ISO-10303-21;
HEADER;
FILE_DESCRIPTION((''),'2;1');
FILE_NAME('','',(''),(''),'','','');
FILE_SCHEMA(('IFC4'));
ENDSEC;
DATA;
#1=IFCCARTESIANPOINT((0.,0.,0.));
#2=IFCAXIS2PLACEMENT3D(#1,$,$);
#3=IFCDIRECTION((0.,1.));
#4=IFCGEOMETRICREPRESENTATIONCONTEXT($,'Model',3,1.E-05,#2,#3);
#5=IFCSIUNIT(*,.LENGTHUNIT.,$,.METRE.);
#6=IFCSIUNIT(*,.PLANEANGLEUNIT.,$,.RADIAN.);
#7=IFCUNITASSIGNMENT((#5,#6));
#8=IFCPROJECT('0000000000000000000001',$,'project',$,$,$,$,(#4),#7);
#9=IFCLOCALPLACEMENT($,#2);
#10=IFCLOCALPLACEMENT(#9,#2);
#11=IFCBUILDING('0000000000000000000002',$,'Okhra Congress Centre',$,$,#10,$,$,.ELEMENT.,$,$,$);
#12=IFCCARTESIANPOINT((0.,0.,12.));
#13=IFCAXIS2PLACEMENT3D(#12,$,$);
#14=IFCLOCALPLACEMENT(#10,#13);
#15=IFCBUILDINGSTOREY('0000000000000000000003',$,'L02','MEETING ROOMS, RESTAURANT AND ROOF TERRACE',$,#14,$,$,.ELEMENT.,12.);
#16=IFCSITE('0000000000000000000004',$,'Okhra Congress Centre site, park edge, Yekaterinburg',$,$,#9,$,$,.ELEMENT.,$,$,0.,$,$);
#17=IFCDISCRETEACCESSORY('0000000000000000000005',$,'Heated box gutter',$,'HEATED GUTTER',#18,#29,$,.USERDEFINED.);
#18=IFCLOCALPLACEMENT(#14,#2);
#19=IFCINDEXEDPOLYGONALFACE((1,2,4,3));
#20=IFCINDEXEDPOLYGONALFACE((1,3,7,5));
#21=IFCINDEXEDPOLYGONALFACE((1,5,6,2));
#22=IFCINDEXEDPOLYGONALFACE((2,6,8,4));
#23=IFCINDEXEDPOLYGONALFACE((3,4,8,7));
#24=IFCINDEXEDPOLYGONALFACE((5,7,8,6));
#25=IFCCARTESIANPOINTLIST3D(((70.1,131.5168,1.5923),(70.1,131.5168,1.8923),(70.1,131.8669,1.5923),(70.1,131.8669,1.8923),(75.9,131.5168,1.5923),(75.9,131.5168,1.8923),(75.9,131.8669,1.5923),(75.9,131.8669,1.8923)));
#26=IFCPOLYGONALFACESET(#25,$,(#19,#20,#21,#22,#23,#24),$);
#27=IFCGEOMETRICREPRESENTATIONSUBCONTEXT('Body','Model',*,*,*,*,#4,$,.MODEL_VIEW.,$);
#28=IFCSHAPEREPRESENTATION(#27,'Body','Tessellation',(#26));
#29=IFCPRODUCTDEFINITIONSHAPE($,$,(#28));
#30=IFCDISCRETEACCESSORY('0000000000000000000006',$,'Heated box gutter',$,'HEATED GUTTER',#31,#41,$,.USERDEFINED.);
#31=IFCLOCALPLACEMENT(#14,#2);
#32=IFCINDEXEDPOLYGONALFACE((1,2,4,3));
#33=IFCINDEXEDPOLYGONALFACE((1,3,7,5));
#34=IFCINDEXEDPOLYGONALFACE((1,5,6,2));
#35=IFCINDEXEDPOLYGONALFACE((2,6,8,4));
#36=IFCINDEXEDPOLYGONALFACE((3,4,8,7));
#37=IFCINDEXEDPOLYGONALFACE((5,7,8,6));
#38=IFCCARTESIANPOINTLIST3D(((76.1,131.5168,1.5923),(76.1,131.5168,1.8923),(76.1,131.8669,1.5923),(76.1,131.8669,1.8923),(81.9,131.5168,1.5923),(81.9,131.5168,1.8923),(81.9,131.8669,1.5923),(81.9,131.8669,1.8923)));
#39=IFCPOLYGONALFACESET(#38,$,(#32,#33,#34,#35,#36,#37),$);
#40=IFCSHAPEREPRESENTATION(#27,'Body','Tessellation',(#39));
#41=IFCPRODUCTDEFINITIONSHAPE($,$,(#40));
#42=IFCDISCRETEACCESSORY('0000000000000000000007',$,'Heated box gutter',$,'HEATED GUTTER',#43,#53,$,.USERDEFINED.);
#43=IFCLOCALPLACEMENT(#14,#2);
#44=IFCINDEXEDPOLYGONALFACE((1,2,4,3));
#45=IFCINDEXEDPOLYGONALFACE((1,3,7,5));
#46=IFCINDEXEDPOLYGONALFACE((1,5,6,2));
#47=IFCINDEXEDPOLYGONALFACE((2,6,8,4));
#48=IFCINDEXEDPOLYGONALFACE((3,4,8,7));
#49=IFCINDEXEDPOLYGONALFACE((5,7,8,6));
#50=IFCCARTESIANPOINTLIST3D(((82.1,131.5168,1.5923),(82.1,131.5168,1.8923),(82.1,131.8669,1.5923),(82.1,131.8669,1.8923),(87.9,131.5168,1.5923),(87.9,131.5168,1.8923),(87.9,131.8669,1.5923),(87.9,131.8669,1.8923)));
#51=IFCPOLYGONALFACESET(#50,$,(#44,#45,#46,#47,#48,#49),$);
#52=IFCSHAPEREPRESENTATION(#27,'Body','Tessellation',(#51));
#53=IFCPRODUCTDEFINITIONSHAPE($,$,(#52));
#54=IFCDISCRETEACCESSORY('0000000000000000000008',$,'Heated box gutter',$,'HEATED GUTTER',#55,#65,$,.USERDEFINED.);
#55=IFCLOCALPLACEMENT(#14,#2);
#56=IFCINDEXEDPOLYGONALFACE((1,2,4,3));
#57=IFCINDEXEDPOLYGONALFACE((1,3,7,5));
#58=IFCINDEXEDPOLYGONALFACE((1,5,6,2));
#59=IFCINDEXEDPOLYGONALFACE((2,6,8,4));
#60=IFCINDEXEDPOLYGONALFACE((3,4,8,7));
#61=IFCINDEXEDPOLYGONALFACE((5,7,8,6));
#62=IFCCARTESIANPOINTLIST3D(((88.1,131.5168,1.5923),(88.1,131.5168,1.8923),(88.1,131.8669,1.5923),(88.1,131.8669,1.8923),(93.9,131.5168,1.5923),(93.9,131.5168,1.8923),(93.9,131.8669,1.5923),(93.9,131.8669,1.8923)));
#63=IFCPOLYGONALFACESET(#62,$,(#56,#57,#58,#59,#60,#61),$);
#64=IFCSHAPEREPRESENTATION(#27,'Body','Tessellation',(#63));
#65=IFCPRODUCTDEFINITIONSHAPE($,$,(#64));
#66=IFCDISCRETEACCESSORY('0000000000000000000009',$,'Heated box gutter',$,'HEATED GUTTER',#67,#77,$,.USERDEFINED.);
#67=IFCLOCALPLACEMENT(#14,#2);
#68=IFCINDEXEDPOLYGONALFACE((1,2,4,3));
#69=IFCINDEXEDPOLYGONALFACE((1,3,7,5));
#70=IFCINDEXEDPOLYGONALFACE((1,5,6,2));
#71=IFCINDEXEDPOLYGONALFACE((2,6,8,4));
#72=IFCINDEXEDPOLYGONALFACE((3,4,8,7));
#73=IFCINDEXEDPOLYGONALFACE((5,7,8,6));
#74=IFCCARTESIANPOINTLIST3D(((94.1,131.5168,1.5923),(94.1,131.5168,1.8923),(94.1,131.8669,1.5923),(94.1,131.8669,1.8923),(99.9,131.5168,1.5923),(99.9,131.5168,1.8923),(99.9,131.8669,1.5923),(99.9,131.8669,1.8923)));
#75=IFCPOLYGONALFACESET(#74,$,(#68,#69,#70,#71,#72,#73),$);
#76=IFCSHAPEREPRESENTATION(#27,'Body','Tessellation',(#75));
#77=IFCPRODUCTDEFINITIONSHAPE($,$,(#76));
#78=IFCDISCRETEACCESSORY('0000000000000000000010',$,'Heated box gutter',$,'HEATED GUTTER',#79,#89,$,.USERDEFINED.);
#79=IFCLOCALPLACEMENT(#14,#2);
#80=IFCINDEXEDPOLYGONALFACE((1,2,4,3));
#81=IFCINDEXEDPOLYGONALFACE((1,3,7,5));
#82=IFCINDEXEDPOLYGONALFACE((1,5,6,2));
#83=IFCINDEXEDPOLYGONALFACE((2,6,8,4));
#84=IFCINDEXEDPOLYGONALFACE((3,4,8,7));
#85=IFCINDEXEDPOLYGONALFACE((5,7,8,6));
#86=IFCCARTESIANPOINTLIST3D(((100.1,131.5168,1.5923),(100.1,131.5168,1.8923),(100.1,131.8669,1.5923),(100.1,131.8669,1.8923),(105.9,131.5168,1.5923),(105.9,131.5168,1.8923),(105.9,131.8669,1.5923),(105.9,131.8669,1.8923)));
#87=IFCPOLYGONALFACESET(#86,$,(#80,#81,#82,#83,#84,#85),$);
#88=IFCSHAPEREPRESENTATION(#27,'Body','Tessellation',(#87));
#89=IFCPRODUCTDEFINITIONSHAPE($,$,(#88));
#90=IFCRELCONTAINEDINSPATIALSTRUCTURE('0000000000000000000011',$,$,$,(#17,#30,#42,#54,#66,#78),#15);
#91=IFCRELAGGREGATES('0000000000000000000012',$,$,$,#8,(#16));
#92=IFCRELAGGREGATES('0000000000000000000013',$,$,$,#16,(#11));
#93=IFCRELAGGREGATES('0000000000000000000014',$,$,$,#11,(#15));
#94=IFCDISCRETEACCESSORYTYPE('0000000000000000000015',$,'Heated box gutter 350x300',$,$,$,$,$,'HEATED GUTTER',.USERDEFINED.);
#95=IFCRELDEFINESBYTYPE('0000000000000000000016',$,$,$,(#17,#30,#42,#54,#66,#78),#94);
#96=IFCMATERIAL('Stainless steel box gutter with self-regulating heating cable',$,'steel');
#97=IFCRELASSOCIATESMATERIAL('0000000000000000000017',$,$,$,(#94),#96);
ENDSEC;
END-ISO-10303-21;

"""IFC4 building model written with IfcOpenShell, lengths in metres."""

from ifc_helpers import new_model, si_unit, direction, frame, origin, origin_2d, place, context, subcontext, project, spatial, rectangle, extrude, material, type_object, element, save


model = new_model("IFC4")

# Units and contexts
model_context = context("Model", 3, precision=1e-05, world=origin(), true_north=direction((0.0, 1.0)))
body_context = subcontext(model_context, "Body", "Model", "MODEL_VIEW")
ifc_project = project(units=[si_unit("LENGTHUNIT", "METRE"), si_unit("PLANEANGLEUNIT", "RADIAN")], contexts=[model_context])

# Site, building, storey
site_placement = place(None, origin())
site = spatial("IfcSite", under=ifc_project, at=site_placement, Name="Okhra Congress Centre site, park edge, Yekaterinburg", CompositionType="ELEMENT", RefElevation=0.0)
building_placement = place(site_placement, origin())
building = spatial("IfcBuilding", under=site, at=building_placement, Name="Okhra Congress Centre", CompositionType="ELEMENT")
storey_placement = place(building_placement, frame((0.0, 0.0, 12.0)))
storey = spatial("IfcBuildingStorey", under=building, at=storey_placement, Name="L02", Description="MEETING ROOMS, RESTAURANT AND ROOF TERRACE", CompositionType="ELEMENT", Elevation=12.0)

# Discrete accessories
ifc_material_1 = material(Name="Stainless steel box gutter with self-regulating heating cable", Category="steel")
discrete_accessory_type = type_object("IfcDiscreteAccessoryType", Name="Heated box gutter 350x300", ElementType="HEATED GUTTER", PredefinedType="USERDEFINED", material=ifc_material_1)
for number, where, z_axis, x_axis, name in (
    (1, (73.0, 131.6919, 1.5923), (0.0, 0.0, 1.0), (1.0, 0.0, 0.0), "Heated box gutter"),
    (2, (79.0, 131.6919, 1.5923), (0.0, 0.0, 1.0), (1.0, 0.0, 0.0), "Heated box gutter"),
    (3, (85.0, 131.6919, 1.5923), (0.0, 0.0, 1.0), (1.0, 0.0, 0.0), "Heated box gutter"),
    (4, (91.0, 131.6919, 1.5923), (0.0, 0.0, 1.0), (1.0, 0.0, 0.0), "Heated box gutter"),
    (5, (97.0, 131.6919, 1.5923), (0.0, 0.0, 1.0), (1.0, 0.0, 0.0), "Heated box gutter"),
    (6, (103.0, 131.6919, 1.5923), (0.0, 0.0, 1.0), (1.0, 0.0, 0.0), "Heated box gutter"),
):
    element("IfcDiscreteAccessory", number, at=place(storey_placement, frame(where, z_axis=z_axis, x_axis=x_axis)), inside=storey, type_object=discrete_accessory_type, Name=name, ObjectType="HEATED GUTTER", PredefinedType="USERDEFINED", context=body_context, shape_type="SweptSolid", body=[
        extrude(rectangle(XDim=5.8, YDim=0.3501, at=origin_2d()), origin(), (0.0, 0.0, 1.0), 0.3),
    ])

save(model, "model.ifc")
